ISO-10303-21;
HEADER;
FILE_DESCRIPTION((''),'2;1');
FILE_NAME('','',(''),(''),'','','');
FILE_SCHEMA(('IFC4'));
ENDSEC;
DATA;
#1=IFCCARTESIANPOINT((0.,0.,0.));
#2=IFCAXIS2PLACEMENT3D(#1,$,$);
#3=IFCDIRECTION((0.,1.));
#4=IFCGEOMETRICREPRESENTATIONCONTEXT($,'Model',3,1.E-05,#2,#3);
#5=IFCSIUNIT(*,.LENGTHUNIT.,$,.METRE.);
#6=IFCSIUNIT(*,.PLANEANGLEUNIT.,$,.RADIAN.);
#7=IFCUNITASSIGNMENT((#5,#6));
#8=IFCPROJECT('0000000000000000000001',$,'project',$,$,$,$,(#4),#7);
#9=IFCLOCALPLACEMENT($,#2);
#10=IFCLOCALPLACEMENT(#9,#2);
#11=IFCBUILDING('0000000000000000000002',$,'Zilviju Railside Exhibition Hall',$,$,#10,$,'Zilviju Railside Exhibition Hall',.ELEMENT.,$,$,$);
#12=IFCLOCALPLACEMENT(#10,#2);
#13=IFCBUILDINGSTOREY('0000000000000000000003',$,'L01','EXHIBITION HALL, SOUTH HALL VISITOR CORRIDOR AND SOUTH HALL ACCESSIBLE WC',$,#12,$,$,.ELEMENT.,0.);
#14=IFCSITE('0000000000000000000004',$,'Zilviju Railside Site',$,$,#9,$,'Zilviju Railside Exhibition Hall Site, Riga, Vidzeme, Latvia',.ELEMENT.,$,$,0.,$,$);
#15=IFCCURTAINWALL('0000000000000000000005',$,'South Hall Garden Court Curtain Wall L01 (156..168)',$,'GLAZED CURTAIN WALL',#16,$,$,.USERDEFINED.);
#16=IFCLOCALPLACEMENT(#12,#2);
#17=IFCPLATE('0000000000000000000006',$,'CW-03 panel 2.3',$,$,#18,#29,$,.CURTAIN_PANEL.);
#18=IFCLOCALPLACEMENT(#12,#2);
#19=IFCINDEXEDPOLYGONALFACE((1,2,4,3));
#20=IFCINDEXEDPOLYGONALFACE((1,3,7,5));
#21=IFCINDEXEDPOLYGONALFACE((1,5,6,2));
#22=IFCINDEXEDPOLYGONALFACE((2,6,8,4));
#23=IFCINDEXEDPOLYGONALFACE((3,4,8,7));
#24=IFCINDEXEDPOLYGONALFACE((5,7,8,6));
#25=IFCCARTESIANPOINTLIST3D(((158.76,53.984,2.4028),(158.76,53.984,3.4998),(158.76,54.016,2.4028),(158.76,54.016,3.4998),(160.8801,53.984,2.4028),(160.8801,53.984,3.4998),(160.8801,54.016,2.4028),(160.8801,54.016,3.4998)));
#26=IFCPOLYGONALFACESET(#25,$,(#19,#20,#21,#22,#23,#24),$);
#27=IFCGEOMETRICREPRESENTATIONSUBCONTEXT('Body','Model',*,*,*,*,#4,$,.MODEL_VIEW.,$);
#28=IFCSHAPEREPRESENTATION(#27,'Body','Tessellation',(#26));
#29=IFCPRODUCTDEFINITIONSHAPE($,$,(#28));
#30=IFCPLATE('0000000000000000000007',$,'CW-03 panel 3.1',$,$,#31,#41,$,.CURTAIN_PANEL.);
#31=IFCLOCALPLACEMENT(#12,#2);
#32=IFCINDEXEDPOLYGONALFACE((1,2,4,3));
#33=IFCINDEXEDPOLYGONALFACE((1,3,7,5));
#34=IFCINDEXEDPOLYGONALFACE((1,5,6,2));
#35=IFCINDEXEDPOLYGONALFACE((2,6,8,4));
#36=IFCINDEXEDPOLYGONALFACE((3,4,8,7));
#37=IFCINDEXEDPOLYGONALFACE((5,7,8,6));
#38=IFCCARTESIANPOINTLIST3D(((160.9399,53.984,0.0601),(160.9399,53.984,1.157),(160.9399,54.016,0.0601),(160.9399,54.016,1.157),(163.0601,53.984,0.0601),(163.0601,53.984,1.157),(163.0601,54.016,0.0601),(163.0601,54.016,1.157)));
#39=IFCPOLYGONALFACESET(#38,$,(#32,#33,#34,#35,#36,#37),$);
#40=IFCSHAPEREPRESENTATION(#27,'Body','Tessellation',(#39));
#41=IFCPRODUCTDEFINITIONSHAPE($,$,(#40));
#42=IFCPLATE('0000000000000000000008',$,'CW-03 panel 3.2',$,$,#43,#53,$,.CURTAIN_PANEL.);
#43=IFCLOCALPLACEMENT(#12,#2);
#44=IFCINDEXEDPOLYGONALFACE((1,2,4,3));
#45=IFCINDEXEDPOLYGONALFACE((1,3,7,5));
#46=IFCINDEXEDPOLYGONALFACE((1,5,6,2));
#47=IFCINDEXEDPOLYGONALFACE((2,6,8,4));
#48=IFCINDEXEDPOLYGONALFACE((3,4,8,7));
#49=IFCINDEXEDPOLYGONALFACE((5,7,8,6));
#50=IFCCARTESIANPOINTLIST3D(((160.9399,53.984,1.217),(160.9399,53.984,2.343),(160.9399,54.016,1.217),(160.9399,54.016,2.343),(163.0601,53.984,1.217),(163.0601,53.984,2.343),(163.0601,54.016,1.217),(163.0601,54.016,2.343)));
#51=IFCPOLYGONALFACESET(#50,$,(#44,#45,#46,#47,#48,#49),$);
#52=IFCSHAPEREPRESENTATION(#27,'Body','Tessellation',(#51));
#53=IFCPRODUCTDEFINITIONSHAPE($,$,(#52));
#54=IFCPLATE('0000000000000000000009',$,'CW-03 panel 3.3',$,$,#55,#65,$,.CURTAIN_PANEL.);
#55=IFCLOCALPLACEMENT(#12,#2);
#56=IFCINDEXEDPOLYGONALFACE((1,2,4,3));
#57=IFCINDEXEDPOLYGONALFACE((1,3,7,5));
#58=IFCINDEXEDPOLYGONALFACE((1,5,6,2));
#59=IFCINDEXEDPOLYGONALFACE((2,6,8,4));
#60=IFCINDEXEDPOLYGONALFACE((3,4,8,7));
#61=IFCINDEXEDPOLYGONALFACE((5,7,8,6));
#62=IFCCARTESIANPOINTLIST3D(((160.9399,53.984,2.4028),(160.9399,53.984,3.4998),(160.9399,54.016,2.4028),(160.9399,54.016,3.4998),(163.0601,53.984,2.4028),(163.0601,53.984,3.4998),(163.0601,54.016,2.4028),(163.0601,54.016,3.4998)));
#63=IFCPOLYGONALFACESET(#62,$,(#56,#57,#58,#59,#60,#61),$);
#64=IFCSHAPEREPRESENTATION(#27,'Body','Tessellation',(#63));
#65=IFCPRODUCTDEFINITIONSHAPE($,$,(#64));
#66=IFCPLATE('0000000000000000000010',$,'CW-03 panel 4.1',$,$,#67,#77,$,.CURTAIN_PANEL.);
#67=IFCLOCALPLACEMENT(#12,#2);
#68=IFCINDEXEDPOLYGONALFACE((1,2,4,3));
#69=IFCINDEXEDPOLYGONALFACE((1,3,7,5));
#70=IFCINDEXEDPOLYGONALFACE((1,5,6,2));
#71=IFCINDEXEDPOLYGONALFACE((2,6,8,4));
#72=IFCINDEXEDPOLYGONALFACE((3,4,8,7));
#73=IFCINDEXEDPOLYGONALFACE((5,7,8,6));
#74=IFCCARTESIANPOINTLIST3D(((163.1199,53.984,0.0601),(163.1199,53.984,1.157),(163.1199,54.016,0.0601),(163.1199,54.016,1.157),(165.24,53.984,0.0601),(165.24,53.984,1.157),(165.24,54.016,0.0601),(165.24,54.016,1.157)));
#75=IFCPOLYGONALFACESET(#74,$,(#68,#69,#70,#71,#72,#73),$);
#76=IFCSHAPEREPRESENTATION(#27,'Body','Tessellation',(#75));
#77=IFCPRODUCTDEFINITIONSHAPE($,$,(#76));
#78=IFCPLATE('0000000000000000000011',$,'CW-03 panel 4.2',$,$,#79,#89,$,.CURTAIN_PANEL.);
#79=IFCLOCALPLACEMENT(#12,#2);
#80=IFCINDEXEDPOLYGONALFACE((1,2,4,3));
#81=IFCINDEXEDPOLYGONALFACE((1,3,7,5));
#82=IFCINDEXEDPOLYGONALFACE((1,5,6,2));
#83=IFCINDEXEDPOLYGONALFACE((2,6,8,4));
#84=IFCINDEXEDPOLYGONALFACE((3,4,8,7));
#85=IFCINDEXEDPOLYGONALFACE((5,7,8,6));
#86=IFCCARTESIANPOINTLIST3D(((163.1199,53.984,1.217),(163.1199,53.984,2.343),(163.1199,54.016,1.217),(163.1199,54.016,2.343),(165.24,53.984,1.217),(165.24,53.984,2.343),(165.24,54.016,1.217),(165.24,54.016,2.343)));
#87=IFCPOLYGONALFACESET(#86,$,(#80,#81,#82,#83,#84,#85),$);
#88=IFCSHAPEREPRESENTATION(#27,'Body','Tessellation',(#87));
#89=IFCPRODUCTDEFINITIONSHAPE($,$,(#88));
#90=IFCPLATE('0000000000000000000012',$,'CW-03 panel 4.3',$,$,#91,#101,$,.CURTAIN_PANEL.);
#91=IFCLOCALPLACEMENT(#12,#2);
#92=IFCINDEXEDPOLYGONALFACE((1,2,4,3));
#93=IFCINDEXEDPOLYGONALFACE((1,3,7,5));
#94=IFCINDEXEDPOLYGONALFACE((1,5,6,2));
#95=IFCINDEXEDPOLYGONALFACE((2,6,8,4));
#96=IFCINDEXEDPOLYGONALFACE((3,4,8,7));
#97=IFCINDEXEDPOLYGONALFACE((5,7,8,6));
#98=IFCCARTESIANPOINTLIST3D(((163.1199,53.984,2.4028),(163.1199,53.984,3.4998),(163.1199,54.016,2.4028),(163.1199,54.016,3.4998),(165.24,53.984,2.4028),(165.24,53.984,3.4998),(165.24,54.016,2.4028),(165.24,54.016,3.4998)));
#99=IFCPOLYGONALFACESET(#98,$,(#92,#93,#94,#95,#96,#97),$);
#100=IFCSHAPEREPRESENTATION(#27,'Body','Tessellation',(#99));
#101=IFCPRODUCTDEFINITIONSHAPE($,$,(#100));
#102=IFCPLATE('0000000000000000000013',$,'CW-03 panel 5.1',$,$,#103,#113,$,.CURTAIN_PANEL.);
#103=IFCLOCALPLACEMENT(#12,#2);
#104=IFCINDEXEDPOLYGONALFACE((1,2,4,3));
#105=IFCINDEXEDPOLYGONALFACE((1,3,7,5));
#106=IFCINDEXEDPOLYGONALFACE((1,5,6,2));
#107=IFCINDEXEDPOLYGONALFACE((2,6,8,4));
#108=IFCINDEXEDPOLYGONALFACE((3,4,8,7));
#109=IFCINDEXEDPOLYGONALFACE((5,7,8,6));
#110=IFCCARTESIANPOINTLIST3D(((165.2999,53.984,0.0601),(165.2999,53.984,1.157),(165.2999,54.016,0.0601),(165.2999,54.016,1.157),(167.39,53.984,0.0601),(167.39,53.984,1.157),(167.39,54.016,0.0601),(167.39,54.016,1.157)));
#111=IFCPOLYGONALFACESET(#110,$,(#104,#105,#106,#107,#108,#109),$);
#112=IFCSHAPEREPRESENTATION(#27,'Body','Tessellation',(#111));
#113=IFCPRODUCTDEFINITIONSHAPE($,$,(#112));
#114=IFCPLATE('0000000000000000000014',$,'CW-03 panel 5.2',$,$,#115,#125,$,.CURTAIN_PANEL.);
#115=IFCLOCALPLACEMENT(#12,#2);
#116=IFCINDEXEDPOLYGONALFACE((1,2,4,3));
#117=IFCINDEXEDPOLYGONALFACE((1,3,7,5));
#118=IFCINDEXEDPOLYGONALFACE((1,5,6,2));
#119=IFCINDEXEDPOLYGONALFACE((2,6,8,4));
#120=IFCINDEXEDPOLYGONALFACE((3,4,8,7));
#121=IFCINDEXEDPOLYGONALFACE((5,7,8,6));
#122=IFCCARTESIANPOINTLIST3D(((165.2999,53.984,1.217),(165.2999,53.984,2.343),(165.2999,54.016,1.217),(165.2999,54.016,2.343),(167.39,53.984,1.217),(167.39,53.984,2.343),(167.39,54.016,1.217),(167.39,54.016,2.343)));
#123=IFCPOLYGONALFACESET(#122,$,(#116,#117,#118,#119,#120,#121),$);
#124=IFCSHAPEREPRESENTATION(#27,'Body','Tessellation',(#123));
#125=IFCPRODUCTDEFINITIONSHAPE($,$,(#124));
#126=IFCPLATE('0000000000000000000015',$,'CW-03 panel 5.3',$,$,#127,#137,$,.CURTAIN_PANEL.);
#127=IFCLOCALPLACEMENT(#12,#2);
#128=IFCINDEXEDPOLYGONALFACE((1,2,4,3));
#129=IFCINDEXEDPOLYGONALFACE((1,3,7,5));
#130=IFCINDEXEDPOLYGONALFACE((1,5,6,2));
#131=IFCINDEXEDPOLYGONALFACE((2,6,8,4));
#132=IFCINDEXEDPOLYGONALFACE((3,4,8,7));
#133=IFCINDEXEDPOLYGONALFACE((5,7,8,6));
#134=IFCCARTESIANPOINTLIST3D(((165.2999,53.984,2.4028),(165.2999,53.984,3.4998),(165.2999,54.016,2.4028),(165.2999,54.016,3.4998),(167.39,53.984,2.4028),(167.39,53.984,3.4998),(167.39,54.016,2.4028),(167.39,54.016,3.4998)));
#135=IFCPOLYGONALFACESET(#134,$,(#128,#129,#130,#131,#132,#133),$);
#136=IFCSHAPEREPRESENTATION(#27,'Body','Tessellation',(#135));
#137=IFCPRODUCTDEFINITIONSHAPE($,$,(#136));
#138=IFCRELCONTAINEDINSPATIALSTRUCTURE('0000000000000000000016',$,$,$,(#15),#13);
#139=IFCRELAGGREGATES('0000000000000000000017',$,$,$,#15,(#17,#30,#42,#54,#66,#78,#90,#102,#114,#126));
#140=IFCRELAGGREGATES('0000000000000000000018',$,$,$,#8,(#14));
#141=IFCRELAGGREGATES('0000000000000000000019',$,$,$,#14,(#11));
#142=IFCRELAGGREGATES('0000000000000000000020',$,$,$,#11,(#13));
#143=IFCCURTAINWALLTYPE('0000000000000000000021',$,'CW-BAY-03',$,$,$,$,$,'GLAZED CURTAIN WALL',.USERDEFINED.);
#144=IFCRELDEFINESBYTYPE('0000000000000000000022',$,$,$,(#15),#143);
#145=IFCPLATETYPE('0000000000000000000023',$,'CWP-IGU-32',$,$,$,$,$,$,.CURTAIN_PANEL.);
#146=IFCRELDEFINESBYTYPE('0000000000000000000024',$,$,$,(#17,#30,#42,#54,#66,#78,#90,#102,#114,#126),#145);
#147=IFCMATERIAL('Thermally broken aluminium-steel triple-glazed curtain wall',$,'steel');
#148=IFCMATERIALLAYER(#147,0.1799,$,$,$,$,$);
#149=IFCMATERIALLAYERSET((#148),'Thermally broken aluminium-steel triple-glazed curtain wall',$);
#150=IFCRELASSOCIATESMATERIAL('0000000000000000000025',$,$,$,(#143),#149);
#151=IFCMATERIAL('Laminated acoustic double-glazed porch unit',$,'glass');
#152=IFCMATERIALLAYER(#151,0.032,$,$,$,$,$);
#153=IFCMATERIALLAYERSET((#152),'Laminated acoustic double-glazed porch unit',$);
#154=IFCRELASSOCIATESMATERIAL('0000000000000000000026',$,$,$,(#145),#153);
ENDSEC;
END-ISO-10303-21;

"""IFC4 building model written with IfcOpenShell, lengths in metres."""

from ifc_helpers import new_model, si_unit, direction, frame, origin, origin_2d, place, context, subcontext, project, spatial, rectangle, extrude, material, layer, layer_set, type_object, element, aggregate, save


model = new_model("IFC4")

# Units and contexts
model_context = context("Model", 3, precision=1e-05, world=origin(), true_north=direction((0.0, 1.0)))
body_context = subcontext(model_context, "Body", "Model", "MODEL_VIEW")
ifc_project = project(units=[si_unit("LENGTHUNIT", "METRE"), si_unit("PLANEANGLEUNIT", "RADIAN")], contexts=[model_context])

# Site, building, storey
site_placement = place(None, origin())
site = spatial("IfcSite", under=ifc_project, at=site_placement, Name="Zilviju Railside Site", LongName="Zilviju Railside Exhibition Hall Site, Riga, Vidzeme, Latvia", CompositionType="ELEMENT", RefElevation=0.0)
building_placement = place(site_placement, origin())
building = spatial("IfcBuilding", under=site, at=building_placement, Name="Zilviju Railside Exhibition Hall", LongName="Zilviju Railside Exhibition Hall", CompositionType="ELEMENT")
storey_placement = place(building_placement, origin())
storey = spatial("IfcBuildingStorey", under=building, at=storey_placement, Name="L01", Description="EXHIBITION HALL, SOUTH HALL VISITOR CORRIDOR AND SOUTH HALL ACCESSIBLE WC", CompositionType="ELEMENT", Elevation=0.0)

# Curtain wall, plates
ifc_material_1 = material(Name="Thermally broken aluminium-steel triple-glazed curtain wall", Category="steel")
ifc_layer_1 = layer(ifc_material_1, 0.1799)
ifc_layer_set_1 = layer_set([ifc_layer_1], Name="Thermally broken aluminium-steel triple-glazed curtain wall")
curtain_wall_type = type_object("IfcCurtainWallType", Name="CW-BAY-03", ElementType="GLAZED CURTAIN WALL", PredefinedType="USERDEFINED", material=ifc_layer_set_1)
curtain_wall_placement = place(storey_placement, origin())
curtain_wall = element("IfcCurtainWall", 1, at=curtain_wall_placement, inside=storey, type_object=curtain_wall_type, Name="South Hall Garden Court Curtain Wall L01 (156..168)", ObjectType="GLAZED CURTAIN WALL", PredefinedType="USERDEFINED")
ifc_material_2 = material(Name="Laminated acoustic double-glazed porch unit", Category="glass")
ifc_layer_2 = layer(ifc_material_2, 0.032)
ifc_layer_set_2 = layer_set([ifc_layer_2], Name="Laminated acoustic double-glazed porch unit")
plate_type = type_object("IfcPlateType", Name="CWP-IGU-32", PredefinedType="CURTAIN_PANEL", material=ifc_layer_set_2)
plate_1_placement = place(storey_placement, frame((159.8201, 54.0, 2.4028), z_axis=(0.0, 0.0, 1.0), x_axis=(1.0, 0.0, 0.0)))
plate_1 = element("IfcPlate", 2, at=plate_1_placement, type_object=plate_type, Name="CW-03 panel 2.3", PredefinedType="CURTAIN_PANEL", context=body_context, shape_type="SweptSolid", body=[
    extrude(rectangle(XDim=2.1201, YDim=0.032, at=origin_2d()), origin(), (0.0, 0.0, 1.0), 1.0969),
])
plate_2_placement = place(storey_placement, frame((162.0, 54.0, 0.0601), z_axis=(0.0, 0.0, 1.0), x_axis=(1.0, 0.0, 0.0)))
plate_2 = element("IfcPlate", 3, at=plate_2_placement, type_object=plate_type, Name="CW-03 panel 3.1", PredefinedType="CURTAIN_PANEL", context=body_context, shape_type="SweptSolid", body=[
    extrude(rectangle(XDim=2.1201, YDim=0.032, at=origin_2d()), origin(), (0.0, 0.0, 1.0), 1.0969),
])
plate_3_placement = place(storey_placement, frame((162.0, 54.0, 1.217), z_axis=(0.0, 0.0, 1.0), x_axis=(1.0, 0.0, 0.0)))
plate_3 = element("IfcPlate", 4, at=plate_3_placement, type_object=plate_type, Name="CW-03 panel 3.2", PredefinedType="CURTAIN_PANEL", context=body_context, shape_type="SweptSolid", body=[
    extrude(rectangle(XDim=2.1201, YDim=0.032, at=origin_2d()), origin(), (0.0, 0.0, 1.0), 1.126),
])
plate_4_placement = place(storey_placement, frame((162.0, 54.0, 2.4028), z_axis=(0.0, 0.0, 1.0), x_axis=(1.0, 0.0, 0.0)))
plate_4 = element("IfcPlate", 5, at=plate_4_placement, type_object=plate_type, Name="CW-03 panel 3.3", PredefinedType="CURTAIN_PANEL", context=body_context, shape_type="SweptSolid", body=[
    extrude(rectangle(XDim=2.1201, YDim=0.032, at=origin_2d()), origin(), (0.0, 0.0, 1.0), 1.0969),
])
plate_5_placement = place(storey_placement, frame((164.1799, 54.0, 0.0601), z_axis=(0.0, 0.0, 1.0), x_axis=(1.0, 0.0, 0.0)))
plate_5 = element("IfcPlate", 6, at=plate_5_placement, type_object=plate_type, Name="CW-03 panel 4.1", PredefinedType="CURTAIN_PANEL", context=body_context, shape_type="SweptSolid", body=[
    extrude(rectangle(XDim=2.1201, YDim=0.032, at=origin_2d()), origin(), (0.0, 0.0, 1.0), 1.0969),
])
plate_6_placement = place(storey_placement, frame((164.1799, 54.0, 1.217), z_axis=(0.0, 0.0, 1.0), x_axis=(1.0, 0.0, 0.0)))
plate_6 = element("IfcPlate", 7, at=plate_6_placement, type_object=plate_type, Name="CW-03 panel 4.2", PredefinedType="CURTAIN_PANEL", context=body_context, shape_type="SweptSolid", body=[
    extrude(rectangle(XDim=2.1201, YDim=0.032, at=origin_2d()), origin(), (0.0, 0.0, 1.0), 1.126),
])
plate_7_placement = place(storey_placement, frame((164.1799, 54.0, 2.4028), z_axis=(0.0, 0.0, 1.0), x_axis=(1.0, 0.0, 0.0)))
plate_7 = element("IfcPlate", 8, at=plate_7_placement, type_object=plate_type, Name="CW-03 panel 4.3", PredefinedType="CURTAIN_PANEL", context=body_context, shape_type="SweptSolid", body=[
    extrude(rectangle(XDim=2.1201, YDim=0.032, at=origin_2d()), origin(), (0.0, 0.0, 1.0), 1.0969),
])
plate_8_placement = place(storey_placement, frame((166.345, 54.0, 0.0601), z_axis=(0.0, 0.0, 1.0), x_axis=(1.0, 0.0, 0.0)))
plate_8 = element("IfcPlate", 9, at=plate_8_placement, type_object=plate_type, Name="CW-03 panel 5.1", PredefinedType="CURTAIN_PANEL", context=body_context, shape_type="SweptSolid", body=[
    extrude(rectangle(XDim=2.0901, YDim=0.032, at=origin_2d()), origin(), (0.0, 0.0, 1.0), 1.0969),
])
plate_9_placement = place(storey_placement, frame((166.345, 54.0, 1.217), z_axis=(0.0, 0.0, 1.0), x_axis=(1.0, 0.0, 0.0)))
plate_9 = element("IfcPlate", 10, at=plate_9_placement, type_object=plate_type, Name="CW-03 panel 5.2", PredefinedType="CURTAIN_PANEL", context=body_context, shape_type="SweptSolid", body=[
    extrude(rectangle(XDim=2.0901, YDim=0.032, at=origin_2d()), origin(), (0.0, 0.0, 1.0), 1.126),
])
plate_10_placement = place(storey_placement, frame((166.345, 54.0, 2.4028), z_axis=(0.0, 0.0, 1.0), x_axis=(1.0, 0.0, 0.0)))
plate_10 = element("IfcPlate", 11, at=plate_10_placement, type_object=plate_type, Name="CW-03 panel 5.3", PredefinedType="CURTAIN_PANEL", context=body_context, shape_type="SweptSolid", body=[
    extrude(rectangle(XDim=2.0901, YDim=0.032, at=origin_2d()), origin(), (0.0, 0.0, 1.0), 1.0969),
])
aggregate(curtain_wall, [plate_1, plate_2, plate_3, plate_4, plate_5, plate_6, plate_7, plate_8, plate_9, plate_10])

save(model, "model.ifc")
